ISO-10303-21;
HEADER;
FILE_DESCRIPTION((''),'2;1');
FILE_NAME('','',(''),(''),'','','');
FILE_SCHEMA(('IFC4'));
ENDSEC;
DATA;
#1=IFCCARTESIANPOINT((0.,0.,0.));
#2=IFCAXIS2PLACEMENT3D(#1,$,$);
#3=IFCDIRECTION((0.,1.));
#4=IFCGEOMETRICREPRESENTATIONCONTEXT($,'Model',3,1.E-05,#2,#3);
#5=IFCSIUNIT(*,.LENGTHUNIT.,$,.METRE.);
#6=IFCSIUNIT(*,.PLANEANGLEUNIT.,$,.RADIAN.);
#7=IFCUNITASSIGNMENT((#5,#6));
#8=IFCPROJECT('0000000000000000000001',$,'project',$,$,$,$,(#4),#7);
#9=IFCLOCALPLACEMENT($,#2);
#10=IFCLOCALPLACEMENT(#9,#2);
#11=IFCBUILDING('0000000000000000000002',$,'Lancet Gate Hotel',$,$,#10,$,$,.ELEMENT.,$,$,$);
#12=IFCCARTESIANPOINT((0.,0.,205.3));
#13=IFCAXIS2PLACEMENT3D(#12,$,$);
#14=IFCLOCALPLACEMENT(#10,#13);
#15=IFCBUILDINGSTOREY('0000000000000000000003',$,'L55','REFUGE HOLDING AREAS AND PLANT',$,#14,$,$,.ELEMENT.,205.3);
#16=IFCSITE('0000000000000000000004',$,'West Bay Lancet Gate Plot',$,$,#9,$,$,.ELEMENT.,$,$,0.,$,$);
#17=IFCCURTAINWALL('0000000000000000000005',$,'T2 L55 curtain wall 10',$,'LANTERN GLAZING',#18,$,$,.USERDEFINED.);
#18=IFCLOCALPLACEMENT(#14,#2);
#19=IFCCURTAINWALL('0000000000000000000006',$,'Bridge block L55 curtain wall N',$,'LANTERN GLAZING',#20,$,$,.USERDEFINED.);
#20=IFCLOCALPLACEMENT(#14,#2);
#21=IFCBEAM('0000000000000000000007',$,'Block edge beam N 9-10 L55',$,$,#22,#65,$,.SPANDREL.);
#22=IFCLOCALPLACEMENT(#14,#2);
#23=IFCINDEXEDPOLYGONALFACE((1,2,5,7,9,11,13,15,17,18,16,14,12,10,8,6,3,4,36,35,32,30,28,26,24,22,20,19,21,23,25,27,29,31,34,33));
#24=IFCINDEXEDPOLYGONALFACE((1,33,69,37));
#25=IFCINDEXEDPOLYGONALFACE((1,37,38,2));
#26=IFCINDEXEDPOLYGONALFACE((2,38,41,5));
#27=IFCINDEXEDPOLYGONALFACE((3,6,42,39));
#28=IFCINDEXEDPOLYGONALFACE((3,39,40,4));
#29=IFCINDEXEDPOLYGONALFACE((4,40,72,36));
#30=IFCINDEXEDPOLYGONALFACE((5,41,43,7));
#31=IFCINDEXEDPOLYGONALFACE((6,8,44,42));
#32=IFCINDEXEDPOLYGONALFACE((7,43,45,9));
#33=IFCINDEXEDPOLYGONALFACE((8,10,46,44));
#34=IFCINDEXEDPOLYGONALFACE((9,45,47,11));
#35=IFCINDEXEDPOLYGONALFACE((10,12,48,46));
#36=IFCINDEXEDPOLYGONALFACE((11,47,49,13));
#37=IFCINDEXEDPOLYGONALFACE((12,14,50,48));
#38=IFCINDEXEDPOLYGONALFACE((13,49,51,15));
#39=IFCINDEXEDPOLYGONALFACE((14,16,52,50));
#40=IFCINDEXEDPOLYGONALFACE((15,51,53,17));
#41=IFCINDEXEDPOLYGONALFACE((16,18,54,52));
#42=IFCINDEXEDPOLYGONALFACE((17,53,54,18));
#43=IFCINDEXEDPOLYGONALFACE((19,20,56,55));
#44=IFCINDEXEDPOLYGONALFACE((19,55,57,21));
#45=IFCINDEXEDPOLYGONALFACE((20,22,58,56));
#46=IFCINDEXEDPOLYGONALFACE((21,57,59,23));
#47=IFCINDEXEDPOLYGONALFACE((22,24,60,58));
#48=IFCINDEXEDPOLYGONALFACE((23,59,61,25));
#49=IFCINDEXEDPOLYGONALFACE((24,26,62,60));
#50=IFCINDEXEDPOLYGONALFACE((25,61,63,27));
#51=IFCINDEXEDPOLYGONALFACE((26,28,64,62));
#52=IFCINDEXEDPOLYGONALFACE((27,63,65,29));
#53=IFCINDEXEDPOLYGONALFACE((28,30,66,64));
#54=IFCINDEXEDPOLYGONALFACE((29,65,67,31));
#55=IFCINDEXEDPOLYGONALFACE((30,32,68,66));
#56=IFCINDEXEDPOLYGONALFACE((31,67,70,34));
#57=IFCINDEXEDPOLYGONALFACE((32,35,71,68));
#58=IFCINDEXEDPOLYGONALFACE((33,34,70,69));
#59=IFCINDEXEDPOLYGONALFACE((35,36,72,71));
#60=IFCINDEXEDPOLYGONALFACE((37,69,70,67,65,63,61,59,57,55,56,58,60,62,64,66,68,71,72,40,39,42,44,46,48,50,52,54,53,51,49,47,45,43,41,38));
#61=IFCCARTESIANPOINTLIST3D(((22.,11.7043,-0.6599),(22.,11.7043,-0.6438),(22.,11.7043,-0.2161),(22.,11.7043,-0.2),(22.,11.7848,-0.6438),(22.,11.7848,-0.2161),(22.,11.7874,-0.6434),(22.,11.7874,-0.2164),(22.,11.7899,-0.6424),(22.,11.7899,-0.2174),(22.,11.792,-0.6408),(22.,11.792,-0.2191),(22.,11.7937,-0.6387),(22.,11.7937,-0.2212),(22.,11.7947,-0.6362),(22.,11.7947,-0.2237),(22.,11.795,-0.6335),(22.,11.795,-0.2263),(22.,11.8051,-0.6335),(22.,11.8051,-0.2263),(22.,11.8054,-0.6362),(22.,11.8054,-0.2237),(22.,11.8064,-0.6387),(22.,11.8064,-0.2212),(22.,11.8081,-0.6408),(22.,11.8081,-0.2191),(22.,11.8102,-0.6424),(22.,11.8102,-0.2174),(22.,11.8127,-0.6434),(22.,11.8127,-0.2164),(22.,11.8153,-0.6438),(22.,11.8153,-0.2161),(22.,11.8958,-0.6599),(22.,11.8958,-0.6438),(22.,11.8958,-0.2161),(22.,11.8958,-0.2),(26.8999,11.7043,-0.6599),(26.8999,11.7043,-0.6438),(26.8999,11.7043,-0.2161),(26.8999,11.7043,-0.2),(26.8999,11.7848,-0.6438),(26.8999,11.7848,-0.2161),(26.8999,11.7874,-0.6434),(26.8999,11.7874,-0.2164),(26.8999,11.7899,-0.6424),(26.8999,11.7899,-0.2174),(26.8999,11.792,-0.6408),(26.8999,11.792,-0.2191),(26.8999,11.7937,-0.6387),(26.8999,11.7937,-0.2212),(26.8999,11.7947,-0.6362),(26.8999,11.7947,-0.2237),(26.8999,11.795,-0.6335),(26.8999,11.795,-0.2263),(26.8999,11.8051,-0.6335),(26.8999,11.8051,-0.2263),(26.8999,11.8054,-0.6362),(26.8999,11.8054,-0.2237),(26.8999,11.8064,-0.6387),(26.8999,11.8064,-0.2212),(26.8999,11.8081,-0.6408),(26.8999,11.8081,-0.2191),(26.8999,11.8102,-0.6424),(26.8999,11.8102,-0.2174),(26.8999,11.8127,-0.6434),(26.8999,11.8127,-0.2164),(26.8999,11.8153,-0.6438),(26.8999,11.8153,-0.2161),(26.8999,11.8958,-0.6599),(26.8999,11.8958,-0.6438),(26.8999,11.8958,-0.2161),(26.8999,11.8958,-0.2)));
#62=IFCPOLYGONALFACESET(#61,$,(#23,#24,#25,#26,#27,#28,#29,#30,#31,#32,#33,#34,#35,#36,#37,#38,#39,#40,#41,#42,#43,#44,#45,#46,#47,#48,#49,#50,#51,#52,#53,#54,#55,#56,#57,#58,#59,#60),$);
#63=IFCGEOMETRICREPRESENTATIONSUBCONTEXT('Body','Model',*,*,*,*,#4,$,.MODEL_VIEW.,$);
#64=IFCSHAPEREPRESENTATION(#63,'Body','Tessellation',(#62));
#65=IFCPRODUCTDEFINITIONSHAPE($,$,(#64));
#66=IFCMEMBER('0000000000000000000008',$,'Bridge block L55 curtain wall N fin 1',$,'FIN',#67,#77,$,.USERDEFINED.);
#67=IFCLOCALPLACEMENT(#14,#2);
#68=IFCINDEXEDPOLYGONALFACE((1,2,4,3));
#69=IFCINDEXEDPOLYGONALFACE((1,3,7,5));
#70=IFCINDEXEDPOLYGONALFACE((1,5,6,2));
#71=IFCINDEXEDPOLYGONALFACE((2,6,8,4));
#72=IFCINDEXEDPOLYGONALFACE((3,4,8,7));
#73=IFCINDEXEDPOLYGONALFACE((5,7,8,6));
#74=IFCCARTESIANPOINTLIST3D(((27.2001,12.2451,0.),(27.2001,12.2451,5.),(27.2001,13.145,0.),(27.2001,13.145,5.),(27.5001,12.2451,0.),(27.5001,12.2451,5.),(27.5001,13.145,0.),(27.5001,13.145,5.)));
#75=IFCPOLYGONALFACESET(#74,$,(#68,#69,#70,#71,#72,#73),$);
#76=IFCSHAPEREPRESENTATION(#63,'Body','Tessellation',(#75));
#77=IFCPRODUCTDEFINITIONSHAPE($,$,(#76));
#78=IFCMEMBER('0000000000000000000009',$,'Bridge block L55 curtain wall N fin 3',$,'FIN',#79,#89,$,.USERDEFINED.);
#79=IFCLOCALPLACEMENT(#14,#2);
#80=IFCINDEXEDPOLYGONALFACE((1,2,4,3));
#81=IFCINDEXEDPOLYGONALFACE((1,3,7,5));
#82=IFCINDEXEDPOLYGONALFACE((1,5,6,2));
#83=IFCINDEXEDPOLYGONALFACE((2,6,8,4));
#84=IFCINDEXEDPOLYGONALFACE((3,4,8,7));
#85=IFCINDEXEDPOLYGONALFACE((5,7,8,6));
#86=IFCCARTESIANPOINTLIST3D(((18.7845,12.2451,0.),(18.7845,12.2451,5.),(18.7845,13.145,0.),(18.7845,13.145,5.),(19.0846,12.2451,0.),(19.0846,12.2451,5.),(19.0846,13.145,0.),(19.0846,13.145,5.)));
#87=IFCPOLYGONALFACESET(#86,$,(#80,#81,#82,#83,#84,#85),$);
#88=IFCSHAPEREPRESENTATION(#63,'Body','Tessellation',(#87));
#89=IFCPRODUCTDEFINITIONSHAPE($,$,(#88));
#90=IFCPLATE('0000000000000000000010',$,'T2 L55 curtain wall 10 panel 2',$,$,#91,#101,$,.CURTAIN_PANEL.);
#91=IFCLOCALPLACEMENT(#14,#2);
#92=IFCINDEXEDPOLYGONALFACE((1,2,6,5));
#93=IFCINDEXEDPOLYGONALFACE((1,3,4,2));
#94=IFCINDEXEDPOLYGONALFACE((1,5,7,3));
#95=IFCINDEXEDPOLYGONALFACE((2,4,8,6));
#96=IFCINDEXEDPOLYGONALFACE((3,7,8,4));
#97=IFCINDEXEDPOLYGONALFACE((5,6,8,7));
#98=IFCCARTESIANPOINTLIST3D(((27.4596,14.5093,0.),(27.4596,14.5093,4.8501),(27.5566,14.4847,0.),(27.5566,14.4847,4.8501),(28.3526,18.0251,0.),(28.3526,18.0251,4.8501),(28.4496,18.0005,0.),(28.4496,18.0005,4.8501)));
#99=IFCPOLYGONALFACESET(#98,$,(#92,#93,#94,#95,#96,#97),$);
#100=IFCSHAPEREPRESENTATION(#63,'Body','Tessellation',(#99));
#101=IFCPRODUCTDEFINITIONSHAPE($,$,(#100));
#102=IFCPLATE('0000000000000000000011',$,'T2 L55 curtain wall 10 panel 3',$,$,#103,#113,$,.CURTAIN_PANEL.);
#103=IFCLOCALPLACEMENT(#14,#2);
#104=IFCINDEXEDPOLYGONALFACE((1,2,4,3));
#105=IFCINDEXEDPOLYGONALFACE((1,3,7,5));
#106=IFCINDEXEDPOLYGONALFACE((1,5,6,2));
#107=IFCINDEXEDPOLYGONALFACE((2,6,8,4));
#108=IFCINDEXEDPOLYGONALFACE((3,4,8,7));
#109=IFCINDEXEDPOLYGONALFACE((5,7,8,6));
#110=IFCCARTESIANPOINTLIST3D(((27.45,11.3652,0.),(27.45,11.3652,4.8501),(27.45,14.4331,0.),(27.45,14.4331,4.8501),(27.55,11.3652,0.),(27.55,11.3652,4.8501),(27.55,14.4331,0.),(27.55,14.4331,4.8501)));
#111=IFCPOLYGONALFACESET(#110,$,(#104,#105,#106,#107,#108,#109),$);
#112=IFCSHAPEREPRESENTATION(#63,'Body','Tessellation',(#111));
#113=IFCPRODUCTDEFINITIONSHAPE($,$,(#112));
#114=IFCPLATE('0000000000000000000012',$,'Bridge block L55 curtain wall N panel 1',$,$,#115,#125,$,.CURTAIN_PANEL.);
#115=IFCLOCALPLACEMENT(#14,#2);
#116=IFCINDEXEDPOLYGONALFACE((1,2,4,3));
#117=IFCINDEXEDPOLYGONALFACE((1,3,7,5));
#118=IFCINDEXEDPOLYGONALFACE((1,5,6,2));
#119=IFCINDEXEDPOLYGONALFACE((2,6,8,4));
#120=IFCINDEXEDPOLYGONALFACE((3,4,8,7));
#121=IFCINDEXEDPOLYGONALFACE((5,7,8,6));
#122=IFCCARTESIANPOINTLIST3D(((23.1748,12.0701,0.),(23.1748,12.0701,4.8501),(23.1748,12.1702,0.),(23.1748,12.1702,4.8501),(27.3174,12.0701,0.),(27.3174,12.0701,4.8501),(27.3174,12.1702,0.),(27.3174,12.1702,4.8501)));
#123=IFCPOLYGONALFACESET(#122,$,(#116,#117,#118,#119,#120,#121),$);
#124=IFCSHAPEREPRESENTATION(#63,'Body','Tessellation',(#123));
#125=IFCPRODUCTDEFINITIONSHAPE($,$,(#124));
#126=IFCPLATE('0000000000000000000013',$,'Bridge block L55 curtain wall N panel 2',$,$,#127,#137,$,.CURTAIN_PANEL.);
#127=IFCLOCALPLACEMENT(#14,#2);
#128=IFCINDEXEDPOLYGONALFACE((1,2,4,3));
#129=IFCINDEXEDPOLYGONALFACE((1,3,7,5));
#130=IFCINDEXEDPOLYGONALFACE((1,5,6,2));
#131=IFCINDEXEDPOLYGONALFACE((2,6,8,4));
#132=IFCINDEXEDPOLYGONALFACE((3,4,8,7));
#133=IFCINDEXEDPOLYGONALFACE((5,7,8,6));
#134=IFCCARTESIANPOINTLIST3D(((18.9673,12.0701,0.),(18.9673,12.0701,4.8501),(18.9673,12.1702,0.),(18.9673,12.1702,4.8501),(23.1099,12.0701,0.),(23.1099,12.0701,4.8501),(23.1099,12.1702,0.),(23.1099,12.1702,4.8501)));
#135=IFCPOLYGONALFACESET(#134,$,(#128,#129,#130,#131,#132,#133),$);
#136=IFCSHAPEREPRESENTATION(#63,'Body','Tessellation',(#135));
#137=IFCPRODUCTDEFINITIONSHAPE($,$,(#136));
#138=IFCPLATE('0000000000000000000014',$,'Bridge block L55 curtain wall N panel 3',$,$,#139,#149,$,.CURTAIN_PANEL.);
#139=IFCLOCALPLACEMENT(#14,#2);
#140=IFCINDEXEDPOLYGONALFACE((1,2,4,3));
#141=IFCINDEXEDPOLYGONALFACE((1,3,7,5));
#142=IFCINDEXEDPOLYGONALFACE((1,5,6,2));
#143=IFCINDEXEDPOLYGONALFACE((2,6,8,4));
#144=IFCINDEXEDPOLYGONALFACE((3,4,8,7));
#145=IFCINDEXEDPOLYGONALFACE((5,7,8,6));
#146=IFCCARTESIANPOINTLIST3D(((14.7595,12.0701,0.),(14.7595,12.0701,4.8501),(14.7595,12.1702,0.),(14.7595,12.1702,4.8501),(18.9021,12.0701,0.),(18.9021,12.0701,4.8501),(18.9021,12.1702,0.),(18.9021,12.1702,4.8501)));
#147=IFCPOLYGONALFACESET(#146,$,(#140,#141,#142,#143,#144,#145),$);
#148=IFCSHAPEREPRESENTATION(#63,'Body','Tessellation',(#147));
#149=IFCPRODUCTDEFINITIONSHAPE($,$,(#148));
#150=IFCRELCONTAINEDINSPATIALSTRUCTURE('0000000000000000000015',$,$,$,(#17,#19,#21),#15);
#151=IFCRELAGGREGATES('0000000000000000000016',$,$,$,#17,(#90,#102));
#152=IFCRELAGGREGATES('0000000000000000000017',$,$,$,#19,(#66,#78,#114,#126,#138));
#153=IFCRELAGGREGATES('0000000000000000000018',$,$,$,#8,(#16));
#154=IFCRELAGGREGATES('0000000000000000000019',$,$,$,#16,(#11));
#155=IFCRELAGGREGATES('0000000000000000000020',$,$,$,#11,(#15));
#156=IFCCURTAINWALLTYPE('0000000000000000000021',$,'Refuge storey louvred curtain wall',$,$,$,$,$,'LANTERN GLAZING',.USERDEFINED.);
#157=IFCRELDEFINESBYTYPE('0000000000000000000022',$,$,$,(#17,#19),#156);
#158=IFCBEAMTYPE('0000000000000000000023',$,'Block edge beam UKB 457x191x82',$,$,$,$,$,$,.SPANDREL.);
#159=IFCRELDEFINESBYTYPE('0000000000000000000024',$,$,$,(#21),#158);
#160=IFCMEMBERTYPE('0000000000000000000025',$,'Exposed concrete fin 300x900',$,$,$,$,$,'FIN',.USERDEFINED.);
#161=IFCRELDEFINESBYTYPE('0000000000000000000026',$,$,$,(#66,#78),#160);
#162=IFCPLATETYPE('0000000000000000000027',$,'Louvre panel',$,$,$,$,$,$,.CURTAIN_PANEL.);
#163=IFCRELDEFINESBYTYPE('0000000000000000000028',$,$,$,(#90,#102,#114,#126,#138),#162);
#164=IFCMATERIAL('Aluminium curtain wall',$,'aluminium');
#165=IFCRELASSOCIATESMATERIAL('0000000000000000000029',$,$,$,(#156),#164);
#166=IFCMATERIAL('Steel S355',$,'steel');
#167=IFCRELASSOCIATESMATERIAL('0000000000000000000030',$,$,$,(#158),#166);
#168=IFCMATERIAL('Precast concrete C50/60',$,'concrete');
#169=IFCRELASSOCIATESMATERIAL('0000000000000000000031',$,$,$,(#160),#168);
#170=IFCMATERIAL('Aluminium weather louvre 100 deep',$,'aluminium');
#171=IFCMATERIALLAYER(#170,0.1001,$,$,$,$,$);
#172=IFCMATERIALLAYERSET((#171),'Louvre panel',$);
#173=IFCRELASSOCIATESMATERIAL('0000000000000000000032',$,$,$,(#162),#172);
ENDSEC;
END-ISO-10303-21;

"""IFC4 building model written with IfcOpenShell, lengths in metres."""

from ifc_helpers import new_model, si_unit, direction, frame, origin, origin_2d, place, context, subcontext, project, spatial, rectangle, i_section, extrude, material, layer, layer_set, material_profile, profile_set, type_object, element, aggregate, save


model = new_model("IFC4")

# Units and contexts
model_context = context("Model", 3, precision=1e-05, world=origin(), true_north=direction((0.0, 1.0)))
body_context = subcontext(model_context, "Body", "Model", "MODEL_VIEW")
ifc_project = project(units=[si_unit("LENGTHUNIT", "METRE"), si_unit("PLANEANGLEUNIT", "RADIAN")], contexts=[model_context])

# Site, building, storey
site_placement = place(None, origin())
site = spatial("IfcSite", under=ifc_project, at=site_placement, Name="West Bay Lancet Gate Plot", CompositionType="ELEMENT", RefElevation=0.0)
building_placement = place(site_placement, origin())
building = spatial("IfcBuilding", under=site, at=building_placement, Name="Lancet Gate Hotel", CompositionType="ELEMENT")
storey_placement = place(building_placement, frame((0.0, 0.0, 205.3)))
storey = spatial("IfcBuildingStorey", under=building, at=storey_placement, Name="L55", Description="REFUGE HOLDING AREAS AND PLANT", CompositionType="ELEMENT", Elevation=205.3)

# Curtain wall
ifc_material_1 = material(Name="Aluminium curtain wall", Category="aluminium")
curtain_wall_type = type_object("IfcCurtainWallType", Name="Refuge storey louvred curtain wall", ElementType="LANTERN GLAZING", PredefinedType="USERDEFINED", material=ifc_material_1)
curtain_wall_1_placement = place(storey_placement, origin())
curtain_wall_1 = element("IfcCurtainWall", 1, at=curtain_wall_1_placement, inside=storey, type_object=curtain_wall_type, Name="T2 L55 curtain wall 10", ObjectType="LANTERN GLAZING", PredefinedType="USERDEFINED")

# Curtain wall
curtain_wall_2_placement = place(storey_placement, origin())
curtain_wall_2 = element("IfcCurtainWall", 2, at=curtain_wall_2_placement, inside=storey, type_object=curtain_wall_type, Name="Bridge block L55 curtain wall N", ObjectType="LANTERN GLAZING", PredefinedType="USERDEFINED")

# Beam
ifc_material_2 = material(Name="Steel S355", Category="steel")
ifc_material_profile_1 = material_profile(ifc_material_2, i_section(OverallWidth=0.1914, OverallDepth=0.46, WebThickness=0.01, FlangeThickness=0.0161, FilletRadius=0.0103, at=origin_2d()), Name="UKB 457x191x82")
ifc_profile_set_1 = profile_set([ifc_material_profile_1], Name="Steel S355")
beam_type = type_object("IfcBeamType", Name="Block edge beam UKB 457x191x82", PredefinedType="SPANDREL", material=ifc_profile_set_1)
beam_1_placement = place(storey_placement, frame((22.0, 11.8, -0.4299), z_axis=(1.0, 0.0, 0.0), x_axis=(0.0, 1.0, 0.0)))
element("IfcBeam", 3, at=beam_1_placement, inside=storey, type_object=beam_type, Name="Block edge beam N 9-10 L55", PredefinedType="SPANDREL", context=body_context, shape_type="SweptSolid", body=[
    extrude(i_section(OverallWidth=0.1914, OverallDepth=0.46, WebThickness=0.01, FlangeThickness=0.0161, FilletRadius=0.0103, at=origin_2d()), origin(), (0.0, 0.0, 1.0), 4.8999),
])

# Members
ifc_material_3 = material(Name="Precast concrete C50/60", Category="concrete")
ifc_material_profile_2 = material_profile(ifc_material_3, rectangle(XDim=0.3, YDim=0.8999, at=origin_2d()), Name="FIN 300x900")
ifc_profile_set_2 = profile_set([ifc_material_profile_2], Name="Precast concrete C50/60")
member_type_1 = type_object("IfcMemberType", Name="Exposed concrete fin 300x900", ElementType="FIN", PredefinedType="USERDEFINED", material=ifc_profile_set_2)
member_1_placement = place(storey_placement, frame((27.3501, 12.6951, 0.0), z_axis=(0.0, 0.0, 1.0), x_axis=(-1.0, 0.0, 0.0)))
member_1 = element("IfcMember", 4, at=member_1_placement, type_object=member_type_1, Name="Bridge block L55 curtain wall N fin 1", ObjectType="FIN", PredefinedType="USERDEFINED", context=body_context, shape_type="SweptSolid", body=[
    extrude(rectangle(XDim=0.3, YDim=0.8999, at=origin_2d()), origin(), (0.0, 0.0, 1.0), 5.0),
])
member_2_placement = place(storey_placement, frame((18.9346, 12.6951, 0.0), z_axis=(0.0, 0.0, 1.0), x_axis=(-1.0, 0.0, 0.0)))
member_2 = element("IfcMember", 5, at=member_2_placement, type_object=member_type_1, Name="Bridge block L55 curtain wall N fin 3", ObjectType="FIN", PredefinedType="USERDEFINED", context=body_context, shape_type="SweptSolid", body=[
    extrude(rectangle(XDim=0.3, YDim=0.8999, at=origin_2d()), origin(), (0.0, 0.0, 1.0), 5.0),
])

# Plates
ifc_material_4 = material(Name="Aluminium weather louvre 100 deep", Category="aluminium")
ifc_layer_1 = layer(ifc_material_4, 0.1001)
ifc_layer_set_1 = layer_set([ifc_layer_1], Name="Louvre panel")
plate_type = type_object("IfcPlateType", Name="Louvre panel", PredefinedType="CURTAIN_PANEL", material=ifc_layer_set_1)
plate_1_placement = place(storey_placement, frame((27.9546, 16.2549, 0.0), z_axis=(0.0, 0.0, 1.0), x_axis=(-0.246167, -0.969228, 0.0)))
plate_1 = element("IfcPlate", 6, at=plate_1_placement, type_object=plate_type, Name="T2 L55 curtain wall 10 panel 2", PredefinedType="CURTAIN_PANEL", context=body_context, shape_type="SweptSolid", body=[
    extrude(rectangle(XDim=3.6274, YDim=0.1001, at=origin_2d()), origin(), (0.0, 0.0, 1.0), 4.8501),
])
plate_2_placement = place(storey_placement, frame((27.5, 12.8992, 0.0), z_axis=(0.0, 0.0, 1.0), x_axis=(0.0, -1.0, 0.0)))
plate_2 = element("IfcPlate", 7, at=plate_2_placement, type_object=plate_type, Name="T2 L55 curtain wall 10 panel 3", PredefinedType="CURTAIN_PANEL", context=body_context, shape_type="SweptSolid", body=[
    extrude(rectangle(XDim=3.0679, YDim=0.1001, at=origin_2d()), origin(), (0.0, 0.0, 1.0), 4.8501),
])
aggregate(curtain_wall_1, [plate_1, plate_2])
plate_3_placement = place(storey_placement, frame((25.2461, 12.1201, 0.0), z_axis=(0.0, 0.0, 1.0), x_axis=(-1.0, 0.0, 0.0)))
plate_3 = element("IfcPlate", 8, at=plate_3_placement, type_object=plate_type, Name="Bridge block L55 curtain wall N panel 1", PredefinedType="CURTAIN_PANEL", context=body_context, shape_type="SweptSolid", body=[
    extrude(rectangle(XDim=4.1426, YDim=0.1001, at=origin_2d()), origin(), (0.0, 0.0, 1.0), 4.8501),
])
plate_4_placement = place(storey_placement, frame((21.0386, 12.1201, 0.0), z_axis=(0.0, 0.0, 1.0), x_axis=(-1.0, 0.0, 0.0)))
plate_4 = element("IfcPlate", 9, at=plate_4_placement, type_object=plate_type, Name="Bridge block L55 curtain wall N panel 2", PredefinedType="CURTAIN_PANEL", context=body_context, shape_type="SweptSolid", body=[
    extrude(rectangle(XDim=4.1426, YDim=0.1001, at=origin_2d()), origin(), (0.0, 0.0, 1.0), 4.8501),
])
plate_5_placement = place(storey_placement, frame((16.8308, 12.1201, 0.0), z_axis=(0.0, 0.0, 1.0), x_axis=(-1.0, 0.0, 0.0)))
plate_5 = element("IfcPlate", 10, at=plate_5_placement, type_object=plate_type, Name="Bridge block L55 curtain wall N panel 3", PredefinedType="CURTAIN_PANEL", context=body_context, shape_type="SweptSolid", body=[
    extrude(rectangle(XDim=4.1426, YDim=0.1001, at=origin_2d()), origin(), (0.0, 0.0, 1.0), 4.8501),
])
aggregate(curtain_wall_2, [member_1, member_2, plate_3, plate_4, plate_5])

save(model, "model.ifc")
